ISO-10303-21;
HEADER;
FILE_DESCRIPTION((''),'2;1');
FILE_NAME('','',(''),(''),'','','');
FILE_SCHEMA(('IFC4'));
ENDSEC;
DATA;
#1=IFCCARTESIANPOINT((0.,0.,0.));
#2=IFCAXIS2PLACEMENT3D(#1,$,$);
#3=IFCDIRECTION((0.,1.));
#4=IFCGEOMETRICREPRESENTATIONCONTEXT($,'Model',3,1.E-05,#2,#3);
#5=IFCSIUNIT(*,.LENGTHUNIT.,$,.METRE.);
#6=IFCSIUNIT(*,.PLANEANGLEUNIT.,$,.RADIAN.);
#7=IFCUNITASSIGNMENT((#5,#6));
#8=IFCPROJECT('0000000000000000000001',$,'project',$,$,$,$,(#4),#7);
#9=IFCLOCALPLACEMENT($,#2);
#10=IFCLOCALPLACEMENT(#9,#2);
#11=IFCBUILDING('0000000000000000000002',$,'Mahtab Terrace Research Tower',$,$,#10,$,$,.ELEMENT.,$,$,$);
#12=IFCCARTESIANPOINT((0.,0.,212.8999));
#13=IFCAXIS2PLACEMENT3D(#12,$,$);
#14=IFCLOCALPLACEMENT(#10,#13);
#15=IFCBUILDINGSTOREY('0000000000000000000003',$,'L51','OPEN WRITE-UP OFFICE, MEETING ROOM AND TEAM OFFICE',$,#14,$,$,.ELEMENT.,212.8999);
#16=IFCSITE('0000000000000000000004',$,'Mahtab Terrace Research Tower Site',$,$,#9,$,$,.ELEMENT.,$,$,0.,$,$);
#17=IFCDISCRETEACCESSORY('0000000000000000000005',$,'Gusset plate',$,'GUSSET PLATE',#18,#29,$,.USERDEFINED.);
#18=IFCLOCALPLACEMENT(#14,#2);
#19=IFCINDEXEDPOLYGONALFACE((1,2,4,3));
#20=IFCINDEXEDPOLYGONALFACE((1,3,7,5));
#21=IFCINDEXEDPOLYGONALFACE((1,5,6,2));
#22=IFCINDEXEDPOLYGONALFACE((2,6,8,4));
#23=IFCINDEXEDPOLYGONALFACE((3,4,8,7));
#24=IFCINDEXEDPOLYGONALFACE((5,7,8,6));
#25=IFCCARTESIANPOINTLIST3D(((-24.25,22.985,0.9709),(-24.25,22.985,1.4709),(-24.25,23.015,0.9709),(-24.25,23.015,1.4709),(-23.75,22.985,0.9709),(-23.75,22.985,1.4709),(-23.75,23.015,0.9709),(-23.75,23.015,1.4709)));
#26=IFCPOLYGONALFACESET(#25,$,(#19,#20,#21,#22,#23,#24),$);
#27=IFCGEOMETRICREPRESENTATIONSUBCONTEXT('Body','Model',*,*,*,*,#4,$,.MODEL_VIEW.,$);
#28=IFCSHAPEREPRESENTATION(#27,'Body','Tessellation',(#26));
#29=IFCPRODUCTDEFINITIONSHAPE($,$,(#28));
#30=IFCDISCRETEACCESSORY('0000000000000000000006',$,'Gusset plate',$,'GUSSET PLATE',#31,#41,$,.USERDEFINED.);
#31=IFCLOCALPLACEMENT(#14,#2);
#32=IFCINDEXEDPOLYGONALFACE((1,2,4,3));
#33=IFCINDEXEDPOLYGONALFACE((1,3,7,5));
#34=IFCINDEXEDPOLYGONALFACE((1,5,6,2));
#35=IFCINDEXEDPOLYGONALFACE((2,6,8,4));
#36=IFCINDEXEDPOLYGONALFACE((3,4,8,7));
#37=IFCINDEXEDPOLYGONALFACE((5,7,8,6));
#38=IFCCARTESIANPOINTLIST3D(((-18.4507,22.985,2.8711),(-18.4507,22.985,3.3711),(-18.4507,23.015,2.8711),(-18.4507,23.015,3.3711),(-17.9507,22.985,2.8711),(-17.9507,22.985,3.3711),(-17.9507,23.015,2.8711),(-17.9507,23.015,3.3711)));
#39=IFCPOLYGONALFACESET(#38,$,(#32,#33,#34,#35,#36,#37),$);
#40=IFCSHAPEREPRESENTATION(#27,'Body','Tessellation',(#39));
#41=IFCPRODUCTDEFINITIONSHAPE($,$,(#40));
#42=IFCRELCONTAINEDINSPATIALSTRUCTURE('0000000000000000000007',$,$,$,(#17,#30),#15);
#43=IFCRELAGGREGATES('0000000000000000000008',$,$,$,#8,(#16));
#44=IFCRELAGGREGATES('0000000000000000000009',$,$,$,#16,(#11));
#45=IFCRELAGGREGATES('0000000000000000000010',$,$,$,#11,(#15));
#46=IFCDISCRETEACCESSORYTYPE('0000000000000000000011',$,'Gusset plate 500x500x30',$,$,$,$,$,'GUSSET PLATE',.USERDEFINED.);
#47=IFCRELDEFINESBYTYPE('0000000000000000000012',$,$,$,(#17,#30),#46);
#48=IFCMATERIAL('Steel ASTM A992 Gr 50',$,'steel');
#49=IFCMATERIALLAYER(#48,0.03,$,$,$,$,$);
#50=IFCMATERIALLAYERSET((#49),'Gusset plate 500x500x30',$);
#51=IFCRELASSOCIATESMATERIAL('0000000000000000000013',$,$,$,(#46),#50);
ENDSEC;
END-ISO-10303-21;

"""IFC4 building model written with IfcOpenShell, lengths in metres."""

from ifc_helpers import new_model, si_unit, direction, frame, origin, origin_2d, place, context, subcontext, project, spatial, rectangle, extrude, material, layer, layer_set, type_object, element, save


model = new_model("IFC4")

# Units and contexts
model_context = context("Model", 3, precision=1e-05, world=origin(), true_north=direction((0.0, 1.0)))
body_context = subcontext(model_context, "Body", "Model", "MODEL_VIEW")
ifc_project = project(units=[si_unit("LENGTHUNIT", "METRE"), si_unit("PLANEANGLEUNIT", "RADIAN")], contexts=[model_context])

# Site, building, storey
site_placement = place(None, origin())
site = spatial("IfcSite", under=ifc_project, at=site_placement, Name="Mahtab Terrace Research Tower Site", CompositionType="ELEMENT", RefElevation=0.0)
building_placement = place(site_placement, origin())
building = spatial("IfcBuilding", under=site, at=building_placement, Name="Mahtab Terrace Research Tower", CompositionType="ELEMENT")
storey_placement = place(building_placement, frame((0.0, 0.0, 212.8999)))
storey = spatial("IfcBuildingStorey", under=building, at=storey_placement, Name="L51", Description="OPEN WRITE-UP OFFICE, MEETING ROOM AND TEAM OFFICE", CompositionType="ELEMENT", Elevation=212.8999)

# Shared definitions
ifc_material_1 = material(Name="Steel ASTM A992 Gr 50", Category="steel")

# Discrete accessories
ifc_layer_1 = layer(ifc_material_1, 0.03)
ifc_layer_set_1 = layer_set([ifc_layer_1], Name="Gusset plate 500x500x30")
discrete_accessory_type = type_object("IfcDiscreteAccessoryType", Name="Gusset plate 500x500x30", ElementType="GUSSET PLATE", PredefinedType="USERDEFINED", material=ifc_layer_set_1)
for number, where, z_axis, x_axis, name in (
    (1, (-24.0, 23.0, 0.9709), (0.0, 0.0, 1.0), (1.0, 0.0, 0.0), "Gusset plate"),
    (2, (-18.2007, 23.0, 2.8711), (0.0, 0.0, 1.0), (1.0, 0.0, 0.0), "Gusset plate"),
):
    element("IfcDiscreteAccessory", number, at=place(storey_placement, frame(where, z_axis=z_axis, x_axis=x_axis)), inside=storey, type_object=discrete_accessory_type, Name=name, ObjectType="GUSSET PLATE", PredefinedType="USERDEFINED", context=body_context, shape_type="SweptSolid", body=[
        extrude(rectangle(XDim=0.5, YDim=0.03, at=origin_2d()), origin(), (0.0, 0.0, 1.0), 0.5),
    ])

save(model, "model.ifc")
